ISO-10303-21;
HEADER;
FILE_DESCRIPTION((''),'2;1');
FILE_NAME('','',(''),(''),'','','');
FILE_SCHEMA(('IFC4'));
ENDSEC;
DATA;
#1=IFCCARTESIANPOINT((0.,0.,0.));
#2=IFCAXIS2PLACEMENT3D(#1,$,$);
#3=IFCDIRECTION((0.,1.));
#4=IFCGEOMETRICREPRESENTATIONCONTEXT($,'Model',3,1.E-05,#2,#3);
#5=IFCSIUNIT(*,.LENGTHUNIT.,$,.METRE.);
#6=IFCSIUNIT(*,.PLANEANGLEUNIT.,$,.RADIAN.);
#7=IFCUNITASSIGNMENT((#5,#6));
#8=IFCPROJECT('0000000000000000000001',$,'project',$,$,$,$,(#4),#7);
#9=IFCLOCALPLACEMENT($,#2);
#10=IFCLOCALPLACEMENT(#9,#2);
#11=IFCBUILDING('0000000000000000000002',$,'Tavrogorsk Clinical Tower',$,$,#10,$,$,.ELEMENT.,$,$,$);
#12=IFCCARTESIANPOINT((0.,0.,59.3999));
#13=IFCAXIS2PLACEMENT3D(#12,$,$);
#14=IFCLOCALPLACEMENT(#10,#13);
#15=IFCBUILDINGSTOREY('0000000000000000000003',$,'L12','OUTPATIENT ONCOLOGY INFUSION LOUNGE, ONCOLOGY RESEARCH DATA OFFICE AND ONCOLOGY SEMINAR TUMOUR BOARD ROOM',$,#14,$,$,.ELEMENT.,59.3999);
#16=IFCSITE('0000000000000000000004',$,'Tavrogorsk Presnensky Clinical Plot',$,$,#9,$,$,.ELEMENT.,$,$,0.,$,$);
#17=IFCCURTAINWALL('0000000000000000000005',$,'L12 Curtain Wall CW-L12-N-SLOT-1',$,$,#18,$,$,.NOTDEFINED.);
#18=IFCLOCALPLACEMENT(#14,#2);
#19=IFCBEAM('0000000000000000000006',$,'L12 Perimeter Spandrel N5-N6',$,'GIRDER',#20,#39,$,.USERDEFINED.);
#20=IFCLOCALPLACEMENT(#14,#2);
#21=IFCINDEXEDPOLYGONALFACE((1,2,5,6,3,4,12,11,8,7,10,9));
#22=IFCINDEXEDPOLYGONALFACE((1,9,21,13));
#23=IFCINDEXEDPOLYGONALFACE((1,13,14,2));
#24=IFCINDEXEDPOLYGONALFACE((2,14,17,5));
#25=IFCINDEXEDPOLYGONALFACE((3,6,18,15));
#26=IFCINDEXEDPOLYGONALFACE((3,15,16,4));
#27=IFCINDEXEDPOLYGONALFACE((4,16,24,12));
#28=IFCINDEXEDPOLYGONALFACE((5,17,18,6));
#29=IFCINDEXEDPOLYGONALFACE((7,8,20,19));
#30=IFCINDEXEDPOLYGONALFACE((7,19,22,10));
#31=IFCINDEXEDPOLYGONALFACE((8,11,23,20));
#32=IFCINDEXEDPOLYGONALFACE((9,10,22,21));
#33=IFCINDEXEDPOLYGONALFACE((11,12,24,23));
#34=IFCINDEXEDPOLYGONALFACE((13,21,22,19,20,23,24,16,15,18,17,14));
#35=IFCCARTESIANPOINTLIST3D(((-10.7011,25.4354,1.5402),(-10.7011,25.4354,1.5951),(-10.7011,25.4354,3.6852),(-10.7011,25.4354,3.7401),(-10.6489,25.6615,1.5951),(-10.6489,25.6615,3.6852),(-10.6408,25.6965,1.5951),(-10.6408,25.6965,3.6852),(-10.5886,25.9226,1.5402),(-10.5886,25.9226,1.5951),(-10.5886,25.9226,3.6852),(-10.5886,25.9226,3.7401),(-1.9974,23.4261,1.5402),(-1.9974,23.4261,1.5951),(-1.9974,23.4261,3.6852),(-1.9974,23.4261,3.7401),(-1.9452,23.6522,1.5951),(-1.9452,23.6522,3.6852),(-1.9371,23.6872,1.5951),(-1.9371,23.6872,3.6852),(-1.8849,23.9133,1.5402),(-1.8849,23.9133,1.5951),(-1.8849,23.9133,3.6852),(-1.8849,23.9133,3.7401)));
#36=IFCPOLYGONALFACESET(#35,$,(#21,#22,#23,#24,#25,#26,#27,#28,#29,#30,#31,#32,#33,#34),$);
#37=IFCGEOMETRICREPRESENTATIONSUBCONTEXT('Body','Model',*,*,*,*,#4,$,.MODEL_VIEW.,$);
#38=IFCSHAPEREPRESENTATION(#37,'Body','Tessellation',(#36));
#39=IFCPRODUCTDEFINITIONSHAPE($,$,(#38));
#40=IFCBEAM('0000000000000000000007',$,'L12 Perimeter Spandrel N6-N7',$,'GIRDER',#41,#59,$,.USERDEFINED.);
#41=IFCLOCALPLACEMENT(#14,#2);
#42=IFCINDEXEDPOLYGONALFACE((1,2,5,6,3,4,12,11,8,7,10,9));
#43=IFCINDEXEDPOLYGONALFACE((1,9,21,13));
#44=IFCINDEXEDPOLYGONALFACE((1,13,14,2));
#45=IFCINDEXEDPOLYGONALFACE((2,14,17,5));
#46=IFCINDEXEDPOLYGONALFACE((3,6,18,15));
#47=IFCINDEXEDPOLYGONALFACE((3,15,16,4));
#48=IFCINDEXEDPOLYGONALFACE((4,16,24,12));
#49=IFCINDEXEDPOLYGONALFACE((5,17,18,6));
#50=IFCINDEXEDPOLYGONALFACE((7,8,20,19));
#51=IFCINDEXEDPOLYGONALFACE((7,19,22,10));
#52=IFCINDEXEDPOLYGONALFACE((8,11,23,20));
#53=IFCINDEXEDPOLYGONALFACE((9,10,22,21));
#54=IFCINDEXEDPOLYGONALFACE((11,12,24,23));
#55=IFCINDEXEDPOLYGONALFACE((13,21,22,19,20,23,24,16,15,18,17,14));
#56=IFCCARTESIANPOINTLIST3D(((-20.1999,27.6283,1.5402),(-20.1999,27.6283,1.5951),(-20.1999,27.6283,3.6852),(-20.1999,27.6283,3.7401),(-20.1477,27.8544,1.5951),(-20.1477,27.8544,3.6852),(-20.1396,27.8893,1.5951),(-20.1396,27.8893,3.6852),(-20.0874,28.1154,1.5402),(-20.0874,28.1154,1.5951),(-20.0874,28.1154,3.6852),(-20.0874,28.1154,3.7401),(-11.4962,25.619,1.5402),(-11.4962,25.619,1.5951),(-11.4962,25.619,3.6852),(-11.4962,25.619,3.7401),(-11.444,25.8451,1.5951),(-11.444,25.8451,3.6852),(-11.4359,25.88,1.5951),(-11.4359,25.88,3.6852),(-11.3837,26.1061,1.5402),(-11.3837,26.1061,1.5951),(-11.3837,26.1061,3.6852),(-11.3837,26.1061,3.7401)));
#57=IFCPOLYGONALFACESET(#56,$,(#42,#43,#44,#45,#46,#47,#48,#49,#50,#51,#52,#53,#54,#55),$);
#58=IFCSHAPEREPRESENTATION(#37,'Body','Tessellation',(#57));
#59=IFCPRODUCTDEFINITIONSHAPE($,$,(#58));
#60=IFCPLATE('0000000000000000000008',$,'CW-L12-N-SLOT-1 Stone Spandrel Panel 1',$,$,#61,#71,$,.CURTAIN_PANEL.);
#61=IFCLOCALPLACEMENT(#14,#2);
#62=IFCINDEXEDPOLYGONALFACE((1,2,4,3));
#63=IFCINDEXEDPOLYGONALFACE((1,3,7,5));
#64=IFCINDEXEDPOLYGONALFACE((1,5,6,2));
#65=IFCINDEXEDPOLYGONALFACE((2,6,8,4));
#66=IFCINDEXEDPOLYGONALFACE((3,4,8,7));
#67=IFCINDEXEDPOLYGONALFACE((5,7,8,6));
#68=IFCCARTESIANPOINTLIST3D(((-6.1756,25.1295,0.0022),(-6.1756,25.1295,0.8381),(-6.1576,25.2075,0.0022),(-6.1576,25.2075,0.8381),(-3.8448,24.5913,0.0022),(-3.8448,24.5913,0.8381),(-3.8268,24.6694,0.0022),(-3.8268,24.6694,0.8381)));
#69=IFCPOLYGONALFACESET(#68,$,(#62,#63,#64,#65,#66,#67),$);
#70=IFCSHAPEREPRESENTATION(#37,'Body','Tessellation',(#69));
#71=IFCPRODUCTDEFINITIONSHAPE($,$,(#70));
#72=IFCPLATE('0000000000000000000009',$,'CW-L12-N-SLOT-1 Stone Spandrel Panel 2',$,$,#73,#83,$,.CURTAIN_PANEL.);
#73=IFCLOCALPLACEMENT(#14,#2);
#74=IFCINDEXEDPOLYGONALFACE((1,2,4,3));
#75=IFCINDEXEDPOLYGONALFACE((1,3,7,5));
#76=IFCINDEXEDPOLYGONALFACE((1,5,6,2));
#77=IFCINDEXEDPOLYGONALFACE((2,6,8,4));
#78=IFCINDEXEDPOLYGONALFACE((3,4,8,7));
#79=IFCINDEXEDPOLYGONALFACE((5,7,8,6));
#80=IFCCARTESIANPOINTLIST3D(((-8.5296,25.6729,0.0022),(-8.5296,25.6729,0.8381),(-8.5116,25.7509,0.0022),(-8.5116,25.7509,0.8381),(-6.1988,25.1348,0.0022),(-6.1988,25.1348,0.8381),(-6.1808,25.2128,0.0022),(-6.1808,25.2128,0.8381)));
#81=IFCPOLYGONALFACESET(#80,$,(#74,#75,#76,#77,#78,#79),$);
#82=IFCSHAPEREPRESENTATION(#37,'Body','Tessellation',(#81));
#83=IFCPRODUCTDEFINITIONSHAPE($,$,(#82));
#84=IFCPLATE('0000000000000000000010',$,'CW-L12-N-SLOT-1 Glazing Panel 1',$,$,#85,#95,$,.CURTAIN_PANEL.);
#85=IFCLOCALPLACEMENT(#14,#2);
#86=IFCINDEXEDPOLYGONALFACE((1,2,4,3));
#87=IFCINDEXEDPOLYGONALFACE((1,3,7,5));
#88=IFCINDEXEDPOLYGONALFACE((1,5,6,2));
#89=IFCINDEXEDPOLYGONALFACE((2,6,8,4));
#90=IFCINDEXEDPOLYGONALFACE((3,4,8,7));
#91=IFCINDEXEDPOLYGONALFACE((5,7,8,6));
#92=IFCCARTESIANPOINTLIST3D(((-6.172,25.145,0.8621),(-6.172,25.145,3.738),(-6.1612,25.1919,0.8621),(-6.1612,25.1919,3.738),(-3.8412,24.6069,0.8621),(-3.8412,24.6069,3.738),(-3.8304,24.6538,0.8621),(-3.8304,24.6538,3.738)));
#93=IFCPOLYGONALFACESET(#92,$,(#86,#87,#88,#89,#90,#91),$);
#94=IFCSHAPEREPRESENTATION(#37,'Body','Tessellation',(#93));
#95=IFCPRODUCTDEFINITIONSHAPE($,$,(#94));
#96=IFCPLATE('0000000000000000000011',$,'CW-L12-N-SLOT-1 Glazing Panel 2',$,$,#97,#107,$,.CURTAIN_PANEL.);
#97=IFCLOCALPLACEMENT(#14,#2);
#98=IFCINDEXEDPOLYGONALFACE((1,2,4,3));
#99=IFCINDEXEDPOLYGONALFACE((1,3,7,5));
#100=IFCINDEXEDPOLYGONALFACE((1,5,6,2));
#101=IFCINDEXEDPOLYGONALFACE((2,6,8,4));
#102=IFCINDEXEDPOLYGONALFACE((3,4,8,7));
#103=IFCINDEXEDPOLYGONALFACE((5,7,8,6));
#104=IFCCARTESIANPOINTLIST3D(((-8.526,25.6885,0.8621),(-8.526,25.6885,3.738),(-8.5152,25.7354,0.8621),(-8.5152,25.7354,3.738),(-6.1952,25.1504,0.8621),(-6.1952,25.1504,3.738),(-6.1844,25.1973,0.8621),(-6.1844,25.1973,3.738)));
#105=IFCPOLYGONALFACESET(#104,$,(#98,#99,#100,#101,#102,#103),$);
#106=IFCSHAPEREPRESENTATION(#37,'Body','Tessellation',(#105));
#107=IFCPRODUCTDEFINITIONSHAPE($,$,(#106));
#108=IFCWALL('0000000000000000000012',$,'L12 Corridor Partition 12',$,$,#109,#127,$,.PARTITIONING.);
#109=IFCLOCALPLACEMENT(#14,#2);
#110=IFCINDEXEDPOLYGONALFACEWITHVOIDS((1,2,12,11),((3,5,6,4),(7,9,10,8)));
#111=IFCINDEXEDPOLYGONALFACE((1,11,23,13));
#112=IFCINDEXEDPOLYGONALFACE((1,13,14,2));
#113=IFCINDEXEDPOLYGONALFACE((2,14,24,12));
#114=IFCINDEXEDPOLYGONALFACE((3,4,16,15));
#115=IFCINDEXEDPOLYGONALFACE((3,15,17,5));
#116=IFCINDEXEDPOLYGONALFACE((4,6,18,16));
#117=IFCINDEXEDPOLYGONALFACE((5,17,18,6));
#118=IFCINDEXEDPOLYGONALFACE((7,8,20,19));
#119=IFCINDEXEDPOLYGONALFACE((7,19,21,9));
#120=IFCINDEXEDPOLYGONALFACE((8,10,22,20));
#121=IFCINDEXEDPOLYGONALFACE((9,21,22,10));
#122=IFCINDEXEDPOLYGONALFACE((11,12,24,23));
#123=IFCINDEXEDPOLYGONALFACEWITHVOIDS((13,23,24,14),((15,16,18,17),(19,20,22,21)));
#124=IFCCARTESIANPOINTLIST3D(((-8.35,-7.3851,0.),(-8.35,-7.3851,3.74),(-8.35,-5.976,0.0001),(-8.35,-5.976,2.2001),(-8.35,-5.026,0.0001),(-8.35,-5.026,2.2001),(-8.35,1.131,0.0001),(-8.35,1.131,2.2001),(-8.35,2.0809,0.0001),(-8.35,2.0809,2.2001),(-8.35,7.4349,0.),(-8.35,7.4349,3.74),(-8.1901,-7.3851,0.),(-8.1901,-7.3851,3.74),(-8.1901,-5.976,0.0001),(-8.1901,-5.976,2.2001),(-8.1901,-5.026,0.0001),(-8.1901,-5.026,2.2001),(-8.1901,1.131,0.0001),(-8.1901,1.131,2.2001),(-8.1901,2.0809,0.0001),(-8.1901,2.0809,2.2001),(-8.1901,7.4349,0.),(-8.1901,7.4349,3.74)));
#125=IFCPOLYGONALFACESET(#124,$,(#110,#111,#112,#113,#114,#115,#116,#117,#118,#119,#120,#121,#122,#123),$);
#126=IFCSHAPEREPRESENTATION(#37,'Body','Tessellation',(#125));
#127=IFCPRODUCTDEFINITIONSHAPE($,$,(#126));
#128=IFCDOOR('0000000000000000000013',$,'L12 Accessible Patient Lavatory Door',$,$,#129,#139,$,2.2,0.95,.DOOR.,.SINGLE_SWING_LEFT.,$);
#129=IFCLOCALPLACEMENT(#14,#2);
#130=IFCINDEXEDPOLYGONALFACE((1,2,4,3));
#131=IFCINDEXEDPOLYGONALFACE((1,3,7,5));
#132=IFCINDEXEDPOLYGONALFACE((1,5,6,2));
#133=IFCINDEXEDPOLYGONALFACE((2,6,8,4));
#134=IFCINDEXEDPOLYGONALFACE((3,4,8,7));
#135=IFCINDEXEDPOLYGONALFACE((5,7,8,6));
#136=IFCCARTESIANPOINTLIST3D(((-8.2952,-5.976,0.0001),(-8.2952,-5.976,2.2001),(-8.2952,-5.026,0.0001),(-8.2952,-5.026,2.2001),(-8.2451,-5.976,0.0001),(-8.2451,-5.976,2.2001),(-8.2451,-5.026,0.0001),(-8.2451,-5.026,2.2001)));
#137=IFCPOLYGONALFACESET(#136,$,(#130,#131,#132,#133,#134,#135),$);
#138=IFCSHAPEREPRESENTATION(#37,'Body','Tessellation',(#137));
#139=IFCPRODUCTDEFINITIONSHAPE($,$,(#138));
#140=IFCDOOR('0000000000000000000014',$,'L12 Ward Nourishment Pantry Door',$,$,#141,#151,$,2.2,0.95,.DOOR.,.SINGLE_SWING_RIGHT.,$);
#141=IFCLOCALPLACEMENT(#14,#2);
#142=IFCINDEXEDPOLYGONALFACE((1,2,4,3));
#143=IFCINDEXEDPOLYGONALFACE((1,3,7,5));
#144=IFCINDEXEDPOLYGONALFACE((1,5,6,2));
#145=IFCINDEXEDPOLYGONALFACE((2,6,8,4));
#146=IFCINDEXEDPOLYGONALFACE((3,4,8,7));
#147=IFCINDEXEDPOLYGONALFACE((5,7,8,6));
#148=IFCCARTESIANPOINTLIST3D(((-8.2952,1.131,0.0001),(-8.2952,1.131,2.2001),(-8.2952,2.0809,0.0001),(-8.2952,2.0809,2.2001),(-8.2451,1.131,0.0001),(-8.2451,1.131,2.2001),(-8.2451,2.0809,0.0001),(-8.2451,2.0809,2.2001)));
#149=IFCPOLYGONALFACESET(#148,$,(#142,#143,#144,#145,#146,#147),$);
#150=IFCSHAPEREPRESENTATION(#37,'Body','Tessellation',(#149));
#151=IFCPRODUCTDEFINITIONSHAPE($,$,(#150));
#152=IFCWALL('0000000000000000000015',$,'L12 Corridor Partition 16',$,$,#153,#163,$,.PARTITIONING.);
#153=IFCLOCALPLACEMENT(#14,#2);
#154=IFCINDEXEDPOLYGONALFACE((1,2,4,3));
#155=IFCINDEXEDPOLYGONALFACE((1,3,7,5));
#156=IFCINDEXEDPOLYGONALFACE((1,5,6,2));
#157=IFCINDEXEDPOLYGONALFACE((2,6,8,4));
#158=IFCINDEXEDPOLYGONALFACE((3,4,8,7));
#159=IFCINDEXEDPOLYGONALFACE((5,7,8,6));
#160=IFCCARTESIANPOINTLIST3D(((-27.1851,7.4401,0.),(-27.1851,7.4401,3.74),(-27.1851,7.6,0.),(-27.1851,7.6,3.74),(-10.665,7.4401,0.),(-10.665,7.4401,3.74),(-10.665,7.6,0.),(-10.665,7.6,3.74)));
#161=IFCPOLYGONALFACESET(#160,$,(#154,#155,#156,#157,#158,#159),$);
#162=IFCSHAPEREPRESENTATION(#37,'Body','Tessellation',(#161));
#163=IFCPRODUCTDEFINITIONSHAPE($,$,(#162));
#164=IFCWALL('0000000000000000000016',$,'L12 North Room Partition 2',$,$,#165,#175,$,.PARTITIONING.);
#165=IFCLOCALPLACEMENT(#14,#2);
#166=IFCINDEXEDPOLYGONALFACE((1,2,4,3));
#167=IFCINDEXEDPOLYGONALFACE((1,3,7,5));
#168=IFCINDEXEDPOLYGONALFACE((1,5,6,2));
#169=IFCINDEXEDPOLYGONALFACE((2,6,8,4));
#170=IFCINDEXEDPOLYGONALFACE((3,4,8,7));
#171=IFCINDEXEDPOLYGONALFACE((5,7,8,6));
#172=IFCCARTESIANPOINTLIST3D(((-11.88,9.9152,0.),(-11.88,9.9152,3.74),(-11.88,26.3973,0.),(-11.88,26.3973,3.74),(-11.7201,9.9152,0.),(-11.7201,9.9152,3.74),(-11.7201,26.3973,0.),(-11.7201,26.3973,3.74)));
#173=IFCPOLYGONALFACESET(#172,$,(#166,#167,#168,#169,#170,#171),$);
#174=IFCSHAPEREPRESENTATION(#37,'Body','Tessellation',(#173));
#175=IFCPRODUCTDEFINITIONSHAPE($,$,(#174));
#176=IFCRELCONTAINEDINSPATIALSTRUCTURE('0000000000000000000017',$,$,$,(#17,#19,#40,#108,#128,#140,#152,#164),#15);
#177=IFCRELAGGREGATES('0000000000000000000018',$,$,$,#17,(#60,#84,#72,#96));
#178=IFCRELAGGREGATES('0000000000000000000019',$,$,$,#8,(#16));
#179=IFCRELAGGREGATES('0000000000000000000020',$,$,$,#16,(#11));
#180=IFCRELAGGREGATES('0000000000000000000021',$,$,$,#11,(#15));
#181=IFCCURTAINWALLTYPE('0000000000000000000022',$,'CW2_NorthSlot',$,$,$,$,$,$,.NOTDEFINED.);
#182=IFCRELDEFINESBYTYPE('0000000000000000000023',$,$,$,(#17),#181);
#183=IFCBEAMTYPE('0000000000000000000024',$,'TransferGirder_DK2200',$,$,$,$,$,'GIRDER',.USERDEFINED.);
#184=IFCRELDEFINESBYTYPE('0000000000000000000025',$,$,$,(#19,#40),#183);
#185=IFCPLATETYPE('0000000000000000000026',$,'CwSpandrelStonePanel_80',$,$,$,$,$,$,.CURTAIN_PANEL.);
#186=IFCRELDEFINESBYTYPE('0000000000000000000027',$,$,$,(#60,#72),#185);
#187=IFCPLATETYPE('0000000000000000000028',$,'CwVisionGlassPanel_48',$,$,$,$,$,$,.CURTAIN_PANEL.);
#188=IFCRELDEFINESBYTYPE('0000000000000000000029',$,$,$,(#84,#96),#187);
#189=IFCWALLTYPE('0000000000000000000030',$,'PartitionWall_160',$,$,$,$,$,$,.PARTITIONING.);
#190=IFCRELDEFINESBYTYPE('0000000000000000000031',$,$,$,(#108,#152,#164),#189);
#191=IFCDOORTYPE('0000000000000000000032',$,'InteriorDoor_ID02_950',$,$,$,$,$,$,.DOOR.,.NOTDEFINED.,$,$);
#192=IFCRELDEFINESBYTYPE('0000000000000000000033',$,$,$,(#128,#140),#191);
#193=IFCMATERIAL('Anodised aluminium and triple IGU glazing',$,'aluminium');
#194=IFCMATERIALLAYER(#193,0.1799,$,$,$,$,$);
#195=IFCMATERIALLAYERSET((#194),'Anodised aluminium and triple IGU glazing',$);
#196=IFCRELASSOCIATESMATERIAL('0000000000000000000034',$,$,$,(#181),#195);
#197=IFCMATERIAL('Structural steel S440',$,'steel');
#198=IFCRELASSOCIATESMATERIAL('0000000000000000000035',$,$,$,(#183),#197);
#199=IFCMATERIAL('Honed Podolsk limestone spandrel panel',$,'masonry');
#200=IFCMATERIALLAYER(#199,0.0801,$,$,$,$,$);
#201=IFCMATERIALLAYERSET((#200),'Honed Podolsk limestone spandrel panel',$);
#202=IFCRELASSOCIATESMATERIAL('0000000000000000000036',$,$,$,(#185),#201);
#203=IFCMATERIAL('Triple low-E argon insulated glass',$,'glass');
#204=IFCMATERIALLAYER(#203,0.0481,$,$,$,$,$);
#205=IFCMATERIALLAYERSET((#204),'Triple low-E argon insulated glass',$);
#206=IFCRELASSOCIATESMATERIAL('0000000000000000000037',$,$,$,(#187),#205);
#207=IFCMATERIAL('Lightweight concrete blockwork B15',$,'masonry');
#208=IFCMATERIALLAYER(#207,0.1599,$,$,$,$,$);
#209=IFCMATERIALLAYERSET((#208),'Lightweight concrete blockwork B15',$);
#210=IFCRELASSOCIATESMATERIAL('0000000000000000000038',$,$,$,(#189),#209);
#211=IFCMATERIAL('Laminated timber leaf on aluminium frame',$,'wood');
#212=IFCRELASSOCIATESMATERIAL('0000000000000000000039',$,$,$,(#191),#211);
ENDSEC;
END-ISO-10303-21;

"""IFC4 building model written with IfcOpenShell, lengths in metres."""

from ifc_helpers import new_model, si_unit, direction, frame, frame_2d, origin, origin_2d, place, context, subcontext, project, spatial, rectangle, i_section, extrude, material, layer, layer_set, material_profile, profile_set, type_object, element, fill, aggregate, save


model = new_model("IFC4")

# Units and contexts
model_context = context("Model", 3, precision=1e-05, world=origin(), true_north=direction((0.0, 1.0)))
body_context = subcontext(model_context, "Body", "Model", "MODEL_VIEW")
ifc_project = project(units=[si_unit("LENGTHUNIT", "METRE"), si_unit("PLANEANGLEUNIT", "RADIAN")], contexts=[model_context])

# Site, building, storey
site_placement = place(None, origin())
site = spatial("IfcSite", under=ifc_project, at=site_placement, Name="Tavrogorsk Presnensky Clinical Plot", CompositionType="ELEMENT", RefElevation=0.0)
building_placement = place(site_placement, origin())
building = spatial("IfcBuilding", under=site, at=building_placement, Name="Tavrogorsk Clinical Tower", CompositionType="ELEMENT")
storey_placement = place(building_placement, frame((0.0, 0.0, 59.3999)))
storey = spatial("IfcBuildingStorey", under=building, at=storey_placement, Name="L12", Description="OUTPATIENT ONCOLOGY INFUSION LOUNGE, ONCOLOGY RESEARCH DATA OFFICE AND ONCOLOGY SEMINAR TUMOUR BOARD ROOM", CompositionType="ELEMENT", Elevation=59.3999)

# Curtain wall
ifc_material_1 = material(Name="Anodised aluminium and triple IGU glazing", Category="aluminium")
ifc_layer_1 = layer(ifc_material_1, 0.1799)
ifc_layer_set_1 = layer_set([ifc_layer_1], Name="Anodised aluminium and triple IGU glazing")
curtain_wall_type = type_object("IfcCurtainWallType", Name="CW2_NorthSlot", PredefinedType="NOTDEFINED", material=ifc_layer_set_1)
curtain_wall_placement = place(storey_placement, origin())
curtain_wall = element("IfcCurtainWall", 1, at=curtain_wall_placement, inside=storey, type_object=curtain_wall_type, Name="L12 Curtain Wall CW-L12-N-SLOT-1", PredefinedType="NOTDEFINED")

# Beams
ifc_material_2 = material(Name="Structural steel S440", Category="steel")
ifc_material_profile_1 = material_profile(ifc_material_2, i_section(OverallWidth=0.5, OverallDepth=2.2, WebThickness=0.0359, FlangeThickness=0.0549, at=origin_2d()), Name="DK-2200x500x36x55")
ifc_profile_set_1 = profile_set([ifc_material_profile_1], Name="Structural steel S440")
beam_type_1 = type_object("IfcBeamType", Name="TransferGirder_DK2200", ElementType="GIRDER", PredefinedType="USERDEFINED", material=ifc_profile_set_1)
for number, where, z_axis, x_axis, name in (
    (2, (-1.9412, 23.6697, 2.6401), (-0.974373, 0.224939, 0.0), (-0.224939, -0.974373, 0.0), "L12 Perimeter Spandrel N5-N6"),
    (3, (-11.4399, 25.8625, 2.6401), (-0.974373, 0.224939, 0.0), (-0.224939, -0.974373, 0.0), "L12 Perimeter Spandrel N6-N7"),
):
    element("IfcBeam", number, at=place(storey_placement, frame(where, z_axis=z_axis, x_axis=x_axis)), inside=storey, type_object=beam_type_1, Name=name, ObjectType="GIRDER", PredefinedType="USERDEFINED", context=body_context, shape_type="SweptSolid", body=[
        extrude(i_section(OverallWidth=0.5, OverallDepth=2.2, WebThickness=0.0359, FlangeThickness=0.0549, at=origin_2d()), origin(), (0.0, 0.0, 1.0), 8.9326),
    ])

# Plates
ifc_material_3 = material(Name="Honed Podolsk limestone spandrel panel", Category="masonry")
ifc_layer_2 = layer(ifc_material_3, 0.0801)
ifc_layer_set_2 = layer_set([ifc_layer_2], Name="Honed Podolsk limestone spandrel panel")
plate_type_1 = type_object("IfcPlateType", Name="CwSpandrelStonePanel_80", PredefinedType="CURTAIN_PANEL", material=ifc_layer_set_2)
plate_1_placement = place(storey_placement, frame((-5.0012, 24.8994, 0.0022), z_axis=(0.0, 0.0, 1.0), x_axis=(-0.97437, 0.224951, 0.0)))
plate_1 = element("IfcPlate", 4, at=plate_1_placement, type_object=plate_type_1, Name="CW-L12-N-SLOT-1 Stone Spandrel Panel 1", PredefinedType="CURTAIN_PANEL", context=body_context, shape_type="SweptSolid", body=[
    extrude(rectangle(XDim=2.3921, YDim=0.0801, at=origin_2d()), origin(), (0.0, 0.0, 1.0), 0.8359),
])
plate_2_placement = place(storey_placement, frame((-7.3552, 25.4429, 0.0022), z_axis=(0.0, 0.0, 1.0), x_axis=(-0.97437, 0.224951, 0.0)))
plate_2 = element("IfcPlate", 5, at=plate_2_placement, type_object=plate_type_1, Name="CW-L12-N-SLOT-1 Stone Spandrel Panel 2", PredefinedType="CURTAIN_PANEL", context=body_context, shape_type="SweptSolid", body=[
    extrude(rectangle(XDim=2.3921, YDim=0.0801, at=origin_2d()), origin(), (0.0, 0.0, 1.0), 0.8359),
])
ifc_material_4 = material(Name="Triple low-E argon insulated glass", Category="glass")
ifc_layer_3 = layer(ifc_material_4, 0.0481)
ifc_layer_set_3 = layer_set([ifc_layer_3], Name="Triple low-E argon insulated glass")
plate_type_2 = type_object("IfcPlateType", Name="CwVisionGlassPanel_48", PredefinedType="CURTAIN_PANEL", material=ifc_layer_set_3)
plate_3_placement = place(storey_placement, frame((-5.0012, 24.8994, 0.8621), z_axis=(0.0, 0.0, 1.0), x_axis=(-0.97437, 0.224951, 0.0)))
plate_3 = element("IfcPlate", 6, at=plate_3_placement, type_object=plate_type_2, Name="CW-L12-N-SLOT-1 Glazing Panel 1", PredefinedType="CURTAIN_PANEL", context=body_context, shape_type="SweptSolid", body=[
    extrude(rectangle(XDim=2.3921, YDim=0.0481, at=origin_2d()), origin(), (0.0, 0.0, 1.0), 2.876),
])
plate_4_placement = place(storey_placement, frame((-7.3552, 25.4429, 0.8621), z_axis=(0.0, 0.0, 1.0), x_axis=(-0.97437, 0.224951, 0.0)))
plate_4 = element("IfcPlate", 7, at=plate_4_placement, type_object=plate_type_2, Name="CW-L12-N-SLOT-1 Glazing Panel 2", PredefinedType="CURTAIN_PANEL", context=body_context, shape_type="SweptSolid", body=[
    extrude(rectangle(XDim=2.3921, YDim=0.0481, at=origin_2d()), origin(), (0.0, 0.0, 1.0), 2.876),
])
aggregate(curtain_wall, [plate_1, plate_3, plate_2, plate_4])

# Wall, openings, doors
ifc_material_5 = material(Name="Lightweight concrete blockwork B15", Category="masonry")
ifc_layer_4 = layer(ifc_material_5, 0.1599)
ifc_layer_set_4 = layer_set([ifc_layer_4], Name="Lightweight concrete blockwork B15")
wall_type_1 = type_object("IfcWallType", Name="PartitionWall_160", PredefinedType="PARTITIONING", material=ifc_layer_set_4)
wall_1_placement = place(storey_placement, frame((-8.27, 7.4351, 0.0), z_axis=(0.0, 0.0, 1.0), x_axis=(0.0, -1.0, 0.0)))
wall_1 = element("IfcWall", 8, at=wall_1_placement, inside=storey, type_object=wall_type_1, Name="L12 Corridor Partition 12", PredefinedType="PARTITIONING", context=body_context, shape_type="SweptSolid", body=[
    extrude(rectangle(XDim=14.8201, YDim=0.1599, at=frame_2d((7.4102, 0.0))), origin(), (0.0, 0.0, 1.0), 3.74),
])
opening_1_placement = place(wall_1_placement, frame((12.4609, 0.0, 0.0)))
opening_1 = element("IfcOpeningElement", 9, at=opening_1_placement, cuts=wall_1, PredefinedType="OPENING", context=body_context, shape_type="SweptSolid", body=[
    extrude(rectangle(XDim=0.95, YDim=2.2, at=frame_2d((0.4751, 1.1001))), frame((0.0, 0.0898, 0.0), z_axis=(0.0, -1.0, 0.0), x_axis=(1.0, 0.0, 0.0)), (0.0, 0.0, 1.0), 0.1799),
])
opening_2_placement = place(wall_1_placement, frame((5.354, 0.0, 0.0)))
opening_2 = element("IfcOpeningElement", 10, at=opening_2_placement, cuts=wall_1, PredefinedType="OPENING", context=body_context, shape_type="SweptSolid", body=[
    extrude(rectangle(XDim=0.95, YDim=2.2, at=frame_2d((0.4751, 1.1001))), frame((0.0, 0.0898, 0.0), z_axis=(0.0, -1.0, 0.0), x_axis=(1.0, 0.0, 0.0)), (0.0, 0.0, 1.0), 0.1799),
])
ifc_material_6 = material(Name="Laminated timber leaf on aluminium frame", Category="wood")
door_type = type_object("IfcDoorType", Name="InteriorDoor_ID02_950", OperationType="NOTDEFINED", PredefinedType="DOOR", material=ifc_material_6)
door_1_placement = place(opening_1_placement, origin())
door_1 = element("IfcDoor", 11, at=door_1_placement, inside=storey, type_object=door_type, Name="L12 Accessible Patient Lavatory Door", OperationType="SINGLE_SWING_LEFT", OverallHeight=2.2, OverallWidth=0.95, PredefinedType="DOOR", context=body_context, shape_type="SweptSolid", body=[
    extrude(rectangle(XDim=0.95, YDim=2.2, at=frame_2d((0.4751, 1.1001))), frame((0.0, 0.0249, 0.0), z_axis=(0.0, -1.0, 0.0), x_axis=(1.0, 0.0, 0.0)), (0.0, 0.0, 1.0), 0.05),
])
fill(opening_1, door_1)
door_2_placement = place(opening_2_placement, origin())
door_2 = element("IfcDoor", 12, at=door_2_placement, inside=storey, type_object=door_type, Name="L12 Ward Nourishment Pantry Door", OperationType="SINGLE_SWING_RIGHT", OverallHeight=2.2, OverallWidth=0.95, PredefinedType="DOOR", context=body_context, shape_type="SweptSolid", body=[
    extrude(rectangle(XDim=0.95, YDim=2.2, at=frame_2d((0.4751, 1.1001))), frame((0.0, 0.0249, 0.0), z_axis=(0.0, -1.0, 0.0), x_axis=(1.0, 0.0, 0.0)), (0.0, 0.0, 1.0), 0.05),
])
fill(opening_2, door_2)

# Walls
wall_2_placement = place(storey_placement, frame((-10.665, 7.52, 0.0), z_axis=(0.0, 0.0, 1.0), x_axis=(-1.0, 0.0, 0.0)))
element("IfcWall", 13, at=wall_2_placement, inside=storey, type_object=wall_type_1, Name="L12 Corridor Partition 16", PredefinedType="PARTITIONING", context=body_context, shape_type="SweptSolid", body=[
    extrude(rectangle(XDim=16.52, YDim=0.1599, at=frame_2d((8.26, 0.0))), origin(), (0.0, 0.0, 1.0), 3.74),
])
wall_3_placement = place(storey_placement, frame((-11.8, 9.915, 0.0), z_axis=(0.0, 0.0, 1.0), x_axis=(0.0, 1.0, 0.0)))
element("IfcWall", 14, at=wall_3_placement, inside=storey, type_object=wall_type_1, Name="L12 North Room Partition 2", PredefinedType="PARTITIONING", context=body_context, shape_type="SweptSolid", body=[
    extrude(rectangle(XDim=16.4822, YDim=0.1599, at=frame_2d((8.2412, 0.0))), origin(), (0.0, 0.0, 1.0), 3.74),
])

save(model, "model.ifc")
